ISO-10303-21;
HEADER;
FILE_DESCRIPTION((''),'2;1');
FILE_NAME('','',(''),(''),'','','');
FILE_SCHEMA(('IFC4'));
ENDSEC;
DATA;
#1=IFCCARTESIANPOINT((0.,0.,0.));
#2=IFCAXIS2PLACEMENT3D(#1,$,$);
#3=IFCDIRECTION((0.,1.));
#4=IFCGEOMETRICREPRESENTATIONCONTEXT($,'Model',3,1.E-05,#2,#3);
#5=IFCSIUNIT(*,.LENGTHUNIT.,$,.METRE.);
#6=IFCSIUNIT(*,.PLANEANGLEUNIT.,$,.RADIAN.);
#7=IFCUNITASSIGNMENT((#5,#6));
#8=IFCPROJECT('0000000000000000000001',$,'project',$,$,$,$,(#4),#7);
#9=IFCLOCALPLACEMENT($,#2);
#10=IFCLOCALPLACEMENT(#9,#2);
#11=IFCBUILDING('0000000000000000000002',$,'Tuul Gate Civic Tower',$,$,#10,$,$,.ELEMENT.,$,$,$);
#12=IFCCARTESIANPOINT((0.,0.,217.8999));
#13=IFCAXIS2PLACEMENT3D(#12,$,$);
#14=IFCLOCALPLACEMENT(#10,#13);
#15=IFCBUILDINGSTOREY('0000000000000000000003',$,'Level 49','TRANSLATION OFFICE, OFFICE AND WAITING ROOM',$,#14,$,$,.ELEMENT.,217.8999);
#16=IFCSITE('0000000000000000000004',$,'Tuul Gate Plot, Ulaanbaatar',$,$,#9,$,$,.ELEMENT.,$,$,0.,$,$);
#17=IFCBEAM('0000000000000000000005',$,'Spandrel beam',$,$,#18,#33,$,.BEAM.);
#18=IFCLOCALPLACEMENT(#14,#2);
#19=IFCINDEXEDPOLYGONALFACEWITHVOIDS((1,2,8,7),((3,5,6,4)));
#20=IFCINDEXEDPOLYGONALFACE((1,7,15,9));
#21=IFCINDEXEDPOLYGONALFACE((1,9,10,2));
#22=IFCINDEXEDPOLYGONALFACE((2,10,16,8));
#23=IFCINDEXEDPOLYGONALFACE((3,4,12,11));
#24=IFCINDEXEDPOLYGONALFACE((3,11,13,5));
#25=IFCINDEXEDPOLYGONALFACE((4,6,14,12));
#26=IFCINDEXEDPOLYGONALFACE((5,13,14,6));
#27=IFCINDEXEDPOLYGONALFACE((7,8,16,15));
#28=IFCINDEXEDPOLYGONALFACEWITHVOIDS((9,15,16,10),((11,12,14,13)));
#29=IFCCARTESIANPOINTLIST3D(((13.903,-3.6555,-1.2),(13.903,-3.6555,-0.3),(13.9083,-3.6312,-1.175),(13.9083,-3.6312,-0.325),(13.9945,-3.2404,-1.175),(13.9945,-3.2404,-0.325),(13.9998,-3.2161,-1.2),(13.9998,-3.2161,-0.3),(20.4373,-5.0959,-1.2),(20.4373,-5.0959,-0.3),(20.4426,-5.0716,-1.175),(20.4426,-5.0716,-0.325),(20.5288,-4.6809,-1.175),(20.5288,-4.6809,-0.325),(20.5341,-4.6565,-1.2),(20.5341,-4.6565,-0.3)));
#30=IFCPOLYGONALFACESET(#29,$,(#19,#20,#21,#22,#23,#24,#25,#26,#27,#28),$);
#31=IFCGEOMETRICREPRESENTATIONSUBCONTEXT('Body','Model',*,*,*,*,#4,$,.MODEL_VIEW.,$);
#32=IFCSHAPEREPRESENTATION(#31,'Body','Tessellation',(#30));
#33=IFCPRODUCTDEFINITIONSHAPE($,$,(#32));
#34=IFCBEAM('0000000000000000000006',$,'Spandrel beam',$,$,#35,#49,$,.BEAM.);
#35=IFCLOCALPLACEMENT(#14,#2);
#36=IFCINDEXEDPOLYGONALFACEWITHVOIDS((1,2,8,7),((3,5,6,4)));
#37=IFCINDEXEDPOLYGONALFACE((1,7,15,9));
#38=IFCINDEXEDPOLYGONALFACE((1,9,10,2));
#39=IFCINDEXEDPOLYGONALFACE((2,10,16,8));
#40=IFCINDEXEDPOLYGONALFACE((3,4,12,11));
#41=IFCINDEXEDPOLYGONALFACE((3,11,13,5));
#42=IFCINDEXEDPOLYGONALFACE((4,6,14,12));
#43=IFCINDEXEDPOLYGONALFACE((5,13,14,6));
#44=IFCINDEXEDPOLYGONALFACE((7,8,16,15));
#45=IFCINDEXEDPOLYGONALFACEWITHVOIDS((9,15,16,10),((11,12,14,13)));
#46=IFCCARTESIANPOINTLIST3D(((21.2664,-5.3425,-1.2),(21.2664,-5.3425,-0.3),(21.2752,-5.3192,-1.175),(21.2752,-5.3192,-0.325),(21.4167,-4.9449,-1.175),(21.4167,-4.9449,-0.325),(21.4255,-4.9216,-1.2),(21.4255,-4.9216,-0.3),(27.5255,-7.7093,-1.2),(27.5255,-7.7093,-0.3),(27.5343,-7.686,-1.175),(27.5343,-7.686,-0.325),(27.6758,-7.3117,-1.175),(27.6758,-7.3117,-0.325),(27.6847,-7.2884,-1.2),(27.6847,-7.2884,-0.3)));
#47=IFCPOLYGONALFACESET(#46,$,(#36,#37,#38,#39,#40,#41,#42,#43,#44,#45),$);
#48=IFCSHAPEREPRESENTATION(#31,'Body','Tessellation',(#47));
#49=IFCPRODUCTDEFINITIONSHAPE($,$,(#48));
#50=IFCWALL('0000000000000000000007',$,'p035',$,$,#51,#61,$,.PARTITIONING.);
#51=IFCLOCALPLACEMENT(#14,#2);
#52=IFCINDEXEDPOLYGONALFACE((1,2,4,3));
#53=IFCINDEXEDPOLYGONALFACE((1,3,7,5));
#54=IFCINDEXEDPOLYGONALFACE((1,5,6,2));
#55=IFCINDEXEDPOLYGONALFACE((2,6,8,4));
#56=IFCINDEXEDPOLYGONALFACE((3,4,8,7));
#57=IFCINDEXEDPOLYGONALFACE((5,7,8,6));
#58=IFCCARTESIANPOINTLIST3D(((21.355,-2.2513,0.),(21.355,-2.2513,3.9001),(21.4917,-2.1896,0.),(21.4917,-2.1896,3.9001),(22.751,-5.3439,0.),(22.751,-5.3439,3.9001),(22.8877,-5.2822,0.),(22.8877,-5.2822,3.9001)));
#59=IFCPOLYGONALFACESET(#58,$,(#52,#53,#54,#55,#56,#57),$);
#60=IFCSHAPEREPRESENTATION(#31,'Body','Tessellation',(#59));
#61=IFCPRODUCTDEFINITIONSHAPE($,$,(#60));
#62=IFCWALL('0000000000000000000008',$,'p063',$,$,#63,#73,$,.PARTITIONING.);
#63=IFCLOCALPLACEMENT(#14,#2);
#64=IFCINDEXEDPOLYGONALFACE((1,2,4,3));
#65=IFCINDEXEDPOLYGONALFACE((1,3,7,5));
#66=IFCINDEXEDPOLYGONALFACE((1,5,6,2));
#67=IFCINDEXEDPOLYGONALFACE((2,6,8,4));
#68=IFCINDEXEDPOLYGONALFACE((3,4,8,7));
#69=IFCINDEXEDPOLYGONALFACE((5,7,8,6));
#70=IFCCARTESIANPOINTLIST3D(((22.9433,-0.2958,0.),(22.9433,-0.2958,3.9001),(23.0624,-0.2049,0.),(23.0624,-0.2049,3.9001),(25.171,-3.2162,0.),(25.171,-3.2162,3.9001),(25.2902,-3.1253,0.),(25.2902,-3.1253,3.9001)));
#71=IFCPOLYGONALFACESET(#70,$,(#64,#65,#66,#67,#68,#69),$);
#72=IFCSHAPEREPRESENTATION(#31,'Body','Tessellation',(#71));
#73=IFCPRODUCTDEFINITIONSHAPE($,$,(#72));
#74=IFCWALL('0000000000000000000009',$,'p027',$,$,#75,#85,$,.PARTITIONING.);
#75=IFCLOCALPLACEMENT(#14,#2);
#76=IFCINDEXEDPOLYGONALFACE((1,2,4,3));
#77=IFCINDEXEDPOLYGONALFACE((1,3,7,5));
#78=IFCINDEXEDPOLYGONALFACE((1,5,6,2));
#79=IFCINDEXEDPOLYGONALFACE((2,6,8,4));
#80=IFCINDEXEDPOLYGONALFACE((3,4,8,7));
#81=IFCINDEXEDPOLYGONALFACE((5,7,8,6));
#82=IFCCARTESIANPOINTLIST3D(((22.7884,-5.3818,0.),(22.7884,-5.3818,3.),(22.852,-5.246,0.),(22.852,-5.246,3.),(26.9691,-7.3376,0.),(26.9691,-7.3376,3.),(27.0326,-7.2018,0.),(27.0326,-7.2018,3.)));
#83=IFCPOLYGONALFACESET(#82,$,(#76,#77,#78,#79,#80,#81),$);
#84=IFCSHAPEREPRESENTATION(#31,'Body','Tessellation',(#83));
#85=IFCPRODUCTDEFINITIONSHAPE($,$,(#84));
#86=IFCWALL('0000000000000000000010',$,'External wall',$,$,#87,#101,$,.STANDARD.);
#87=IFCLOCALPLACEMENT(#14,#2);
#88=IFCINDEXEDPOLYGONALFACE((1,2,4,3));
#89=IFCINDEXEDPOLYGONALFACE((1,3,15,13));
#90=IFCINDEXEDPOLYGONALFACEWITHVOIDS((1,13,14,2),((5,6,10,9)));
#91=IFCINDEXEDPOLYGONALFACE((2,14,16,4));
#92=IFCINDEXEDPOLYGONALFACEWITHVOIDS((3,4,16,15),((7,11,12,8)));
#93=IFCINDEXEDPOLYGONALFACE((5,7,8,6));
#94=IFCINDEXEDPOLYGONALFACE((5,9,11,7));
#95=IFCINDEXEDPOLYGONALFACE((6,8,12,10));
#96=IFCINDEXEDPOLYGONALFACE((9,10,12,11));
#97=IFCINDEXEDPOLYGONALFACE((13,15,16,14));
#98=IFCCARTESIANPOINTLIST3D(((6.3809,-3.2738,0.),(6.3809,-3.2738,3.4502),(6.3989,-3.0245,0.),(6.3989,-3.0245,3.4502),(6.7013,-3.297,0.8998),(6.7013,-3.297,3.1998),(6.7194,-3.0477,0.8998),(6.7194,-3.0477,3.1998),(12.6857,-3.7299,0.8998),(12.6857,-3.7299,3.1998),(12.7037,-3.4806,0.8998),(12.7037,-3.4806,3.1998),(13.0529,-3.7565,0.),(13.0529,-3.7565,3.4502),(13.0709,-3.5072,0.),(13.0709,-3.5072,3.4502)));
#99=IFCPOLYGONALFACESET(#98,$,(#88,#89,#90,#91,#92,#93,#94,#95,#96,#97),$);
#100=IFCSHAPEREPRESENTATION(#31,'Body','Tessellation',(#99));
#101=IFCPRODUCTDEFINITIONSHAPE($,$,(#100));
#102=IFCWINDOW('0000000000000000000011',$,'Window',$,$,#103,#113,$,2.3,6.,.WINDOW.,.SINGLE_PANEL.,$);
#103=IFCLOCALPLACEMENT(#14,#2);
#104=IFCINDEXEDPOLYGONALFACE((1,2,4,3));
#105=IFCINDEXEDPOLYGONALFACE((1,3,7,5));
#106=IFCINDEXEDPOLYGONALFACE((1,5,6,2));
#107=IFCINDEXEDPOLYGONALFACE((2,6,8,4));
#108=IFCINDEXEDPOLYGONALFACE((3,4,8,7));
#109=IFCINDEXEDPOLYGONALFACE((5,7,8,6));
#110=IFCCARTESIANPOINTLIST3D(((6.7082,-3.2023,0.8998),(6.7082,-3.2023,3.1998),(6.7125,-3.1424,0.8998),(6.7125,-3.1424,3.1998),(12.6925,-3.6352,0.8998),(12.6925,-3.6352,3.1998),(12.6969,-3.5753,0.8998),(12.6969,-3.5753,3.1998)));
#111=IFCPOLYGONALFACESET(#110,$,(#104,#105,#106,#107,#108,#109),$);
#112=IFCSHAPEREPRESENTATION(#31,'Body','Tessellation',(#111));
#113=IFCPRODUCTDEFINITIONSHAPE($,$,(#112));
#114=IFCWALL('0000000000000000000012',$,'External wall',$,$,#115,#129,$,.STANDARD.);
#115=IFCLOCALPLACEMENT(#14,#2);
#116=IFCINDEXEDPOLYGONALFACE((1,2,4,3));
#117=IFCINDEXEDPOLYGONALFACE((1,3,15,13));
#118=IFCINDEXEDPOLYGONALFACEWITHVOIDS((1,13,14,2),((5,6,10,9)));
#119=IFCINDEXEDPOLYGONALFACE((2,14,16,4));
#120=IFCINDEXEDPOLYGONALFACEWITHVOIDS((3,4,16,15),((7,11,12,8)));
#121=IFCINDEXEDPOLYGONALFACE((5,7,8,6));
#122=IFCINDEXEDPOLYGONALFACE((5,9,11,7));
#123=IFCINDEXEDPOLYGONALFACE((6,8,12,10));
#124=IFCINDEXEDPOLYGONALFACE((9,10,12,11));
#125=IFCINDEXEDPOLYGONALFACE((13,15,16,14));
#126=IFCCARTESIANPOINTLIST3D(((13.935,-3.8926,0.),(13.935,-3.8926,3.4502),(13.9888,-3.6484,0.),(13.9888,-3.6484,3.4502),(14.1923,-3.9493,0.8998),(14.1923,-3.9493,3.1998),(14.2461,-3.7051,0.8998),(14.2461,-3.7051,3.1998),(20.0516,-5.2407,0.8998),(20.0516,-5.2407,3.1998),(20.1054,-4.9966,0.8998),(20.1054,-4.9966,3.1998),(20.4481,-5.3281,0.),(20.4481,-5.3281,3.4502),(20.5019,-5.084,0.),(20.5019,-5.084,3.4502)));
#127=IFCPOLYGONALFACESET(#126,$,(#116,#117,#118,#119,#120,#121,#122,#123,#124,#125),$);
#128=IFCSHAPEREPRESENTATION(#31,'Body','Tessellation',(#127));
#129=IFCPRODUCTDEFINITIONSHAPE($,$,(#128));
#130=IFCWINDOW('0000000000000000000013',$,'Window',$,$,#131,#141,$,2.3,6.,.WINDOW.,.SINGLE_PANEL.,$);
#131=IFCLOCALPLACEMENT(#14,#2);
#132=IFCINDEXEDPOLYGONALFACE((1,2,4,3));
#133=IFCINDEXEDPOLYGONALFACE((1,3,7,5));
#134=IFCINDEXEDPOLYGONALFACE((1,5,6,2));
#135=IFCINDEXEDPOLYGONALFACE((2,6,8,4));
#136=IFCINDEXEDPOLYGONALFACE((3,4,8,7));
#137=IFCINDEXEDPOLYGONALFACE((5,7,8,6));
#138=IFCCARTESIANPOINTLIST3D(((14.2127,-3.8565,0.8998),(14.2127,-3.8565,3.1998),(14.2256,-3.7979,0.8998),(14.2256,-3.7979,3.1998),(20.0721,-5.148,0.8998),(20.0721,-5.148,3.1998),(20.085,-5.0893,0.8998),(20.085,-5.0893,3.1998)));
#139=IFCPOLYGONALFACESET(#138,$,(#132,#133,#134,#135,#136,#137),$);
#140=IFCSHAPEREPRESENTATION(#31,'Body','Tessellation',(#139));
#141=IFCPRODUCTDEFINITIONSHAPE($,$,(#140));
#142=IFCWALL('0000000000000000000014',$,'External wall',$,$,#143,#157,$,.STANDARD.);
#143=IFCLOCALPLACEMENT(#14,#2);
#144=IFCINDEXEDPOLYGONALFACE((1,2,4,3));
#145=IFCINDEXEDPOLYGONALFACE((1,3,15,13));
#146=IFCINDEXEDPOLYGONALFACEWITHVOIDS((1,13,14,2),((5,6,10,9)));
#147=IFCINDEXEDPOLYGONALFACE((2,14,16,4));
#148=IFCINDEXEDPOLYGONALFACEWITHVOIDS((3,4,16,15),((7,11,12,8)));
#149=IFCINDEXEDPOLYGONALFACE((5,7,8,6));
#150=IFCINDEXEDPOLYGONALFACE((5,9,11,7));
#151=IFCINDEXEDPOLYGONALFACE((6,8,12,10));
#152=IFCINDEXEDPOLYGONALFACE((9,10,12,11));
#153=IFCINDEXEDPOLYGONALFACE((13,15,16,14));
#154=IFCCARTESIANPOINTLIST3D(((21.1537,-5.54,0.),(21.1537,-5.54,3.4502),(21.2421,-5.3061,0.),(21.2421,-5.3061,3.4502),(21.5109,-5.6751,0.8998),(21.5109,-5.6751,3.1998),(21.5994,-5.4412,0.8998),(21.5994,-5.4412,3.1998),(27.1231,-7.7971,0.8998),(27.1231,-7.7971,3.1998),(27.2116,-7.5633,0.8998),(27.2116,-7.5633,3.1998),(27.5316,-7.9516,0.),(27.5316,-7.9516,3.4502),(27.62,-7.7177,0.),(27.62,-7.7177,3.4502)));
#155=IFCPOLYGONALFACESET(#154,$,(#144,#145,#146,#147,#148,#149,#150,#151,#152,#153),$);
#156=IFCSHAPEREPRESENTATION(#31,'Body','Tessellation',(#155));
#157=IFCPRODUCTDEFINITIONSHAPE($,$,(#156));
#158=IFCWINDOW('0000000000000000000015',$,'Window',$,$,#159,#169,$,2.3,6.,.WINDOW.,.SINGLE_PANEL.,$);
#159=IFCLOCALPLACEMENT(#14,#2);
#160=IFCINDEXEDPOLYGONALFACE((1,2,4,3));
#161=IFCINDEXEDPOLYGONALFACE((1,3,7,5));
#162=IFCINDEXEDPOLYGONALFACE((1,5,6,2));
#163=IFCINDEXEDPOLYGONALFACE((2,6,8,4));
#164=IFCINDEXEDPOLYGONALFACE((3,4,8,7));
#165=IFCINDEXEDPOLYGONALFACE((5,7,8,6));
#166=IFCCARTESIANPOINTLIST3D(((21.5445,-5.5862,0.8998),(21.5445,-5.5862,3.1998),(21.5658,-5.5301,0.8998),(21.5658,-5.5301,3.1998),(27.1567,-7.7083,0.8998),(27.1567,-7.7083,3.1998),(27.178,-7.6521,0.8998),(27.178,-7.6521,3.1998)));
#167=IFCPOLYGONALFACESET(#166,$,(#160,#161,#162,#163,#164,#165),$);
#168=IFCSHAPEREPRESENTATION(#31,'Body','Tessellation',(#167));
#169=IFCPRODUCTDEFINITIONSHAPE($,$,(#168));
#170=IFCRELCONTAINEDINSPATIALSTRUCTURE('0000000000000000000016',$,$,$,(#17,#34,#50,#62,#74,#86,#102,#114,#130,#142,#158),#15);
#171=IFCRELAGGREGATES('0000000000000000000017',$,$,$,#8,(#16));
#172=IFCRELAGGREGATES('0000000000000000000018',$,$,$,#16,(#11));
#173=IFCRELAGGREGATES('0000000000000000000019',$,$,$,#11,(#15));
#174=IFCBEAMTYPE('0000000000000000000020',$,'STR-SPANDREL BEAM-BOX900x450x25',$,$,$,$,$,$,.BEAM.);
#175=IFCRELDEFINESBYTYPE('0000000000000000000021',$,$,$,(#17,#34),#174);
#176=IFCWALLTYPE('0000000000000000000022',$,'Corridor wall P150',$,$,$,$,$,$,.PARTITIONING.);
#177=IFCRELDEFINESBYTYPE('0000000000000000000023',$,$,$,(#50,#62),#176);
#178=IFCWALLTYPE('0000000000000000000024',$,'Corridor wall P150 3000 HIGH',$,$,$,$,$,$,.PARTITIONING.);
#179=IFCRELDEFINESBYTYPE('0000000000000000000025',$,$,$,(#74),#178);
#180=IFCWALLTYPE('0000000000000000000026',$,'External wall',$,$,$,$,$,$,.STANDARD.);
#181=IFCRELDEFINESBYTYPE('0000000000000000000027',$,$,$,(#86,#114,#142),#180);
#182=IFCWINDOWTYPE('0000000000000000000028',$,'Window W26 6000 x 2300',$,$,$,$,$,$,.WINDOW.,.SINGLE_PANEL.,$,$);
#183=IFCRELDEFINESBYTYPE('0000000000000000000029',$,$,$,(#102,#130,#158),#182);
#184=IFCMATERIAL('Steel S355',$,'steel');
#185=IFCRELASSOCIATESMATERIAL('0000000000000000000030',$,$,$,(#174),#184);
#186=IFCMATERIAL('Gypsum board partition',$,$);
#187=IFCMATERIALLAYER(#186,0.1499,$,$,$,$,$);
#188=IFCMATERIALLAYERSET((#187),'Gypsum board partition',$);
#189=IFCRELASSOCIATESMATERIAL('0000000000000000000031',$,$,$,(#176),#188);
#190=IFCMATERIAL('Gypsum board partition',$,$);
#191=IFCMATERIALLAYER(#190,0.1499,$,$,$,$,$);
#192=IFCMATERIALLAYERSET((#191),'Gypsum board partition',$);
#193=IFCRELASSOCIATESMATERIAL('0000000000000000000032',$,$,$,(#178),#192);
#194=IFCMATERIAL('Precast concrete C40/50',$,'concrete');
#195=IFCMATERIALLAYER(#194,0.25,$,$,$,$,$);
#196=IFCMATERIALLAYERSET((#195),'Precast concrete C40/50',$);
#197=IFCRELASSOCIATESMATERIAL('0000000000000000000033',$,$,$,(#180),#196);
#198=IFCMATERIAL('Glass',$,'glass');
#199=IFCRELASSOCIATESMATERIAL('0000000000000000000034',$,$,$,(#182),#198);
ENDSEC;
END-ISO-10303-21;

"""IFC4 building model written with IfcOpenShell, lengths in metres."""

from ifc_helpers import new_model, si_unit, direction, frame, frame_2d, origin, origin_2d, place, context, subcontext, project, spatial, rectangle, hollow_rectangle, extrude, material, layer, layer_set, material_profile, profile_set, type_object, element, fill, save


model = new_model("IFC4")

# Units and contexts
model_context = context("Model", 3, precision=1e-05, world=origin(), true_north=direction((0.0, 1.0)))
body_context = subcontext(model_context, "Body", "Model", "MODEL_VIEW")
ifc_project = project(units=[si_unit("LENGTHUNIT", "METRE"), si_unit("PLANEANGLEUNIT", "RADIAN")], contexts=[model_context])

# Site, building, storey
site_placement = place(None, origin())
site = spatial("IfcSite", under=ifc_project, at=site_placement, Name="Tuul Gate Plot, Ulaanbaatar", CompositionType="ELEMENT", RefElevation=0.0)
building_placement = place(site_placement, origin())
building = spatial("IfcBuilding", under=site, at=building_placement, Name="Tuul Gate Civic Tower", CompositionType="ELEMENT")
storey_placement = place(building_placement, frame((0.0, 0.0, 217.8999)))
storey = spatial("IfcBuildingStorey", under=building, at=storey_placement, Name="Level 49", Description="TRANSLATION OFFICE, OFFICE AND WAITING ROOM", CompositionType="ELEMENT", Elevation=217.8999)

# Beams
ifc_material_1 = material(Name="Steel S355", Category="steel")
ifc_material_profile_1 = material_profile(ifc_material_1, hollow_rectangle(XDim=0.45, YDim=0.8999, WallThickness=0.0249, at=origin_2d()), Name="BOX900x450x25")
ifc_profile_set_1 = profile_set([ifc_material_profile_1], Name="Steel S355")
beam_type_1 = type_object("IfcBeamType", Name="STR-SPANDREL BEAM-BOX900x450x25", PredefinedType="BEAM", material=ifc_profile_set_1)
beam_1_placement = place(storey_placement, frame((13.9514, -3.4358, -0.75), z_axis=(0.976553, -0.215277, 0.0), x_axis=(0.215277, 0.976553, 0.0)))
element("IfcBeam", 1, at=beam_1_placement, inside=storey, type_object=beam_type_1, Name="Spandrel beam", PredefinedType="BEAM", context=body_context, shape_type="SweptSolid", body=[
    extrude(hollow_rectangle(XDim=0.45, YDim=0.8999, WallThickness=0.0249, at=origin_2d()), origin(), (0.0, 0.0, 1.0), 6.6912),
])
beam_2_placement = place(storey_placement, frame((21.3459, -5.1321, -0.75), z_axis=(0.935365, -0.353685, 0.0), x_axis=(0.353685, 0.935365, 0.0)))
element("IfcBeam", 2, at=beam_2_placement, inside=storey, type_object=beam_type_1, Name="Spandrel beam", PredefinedType="BEAM", context=body_context, shape_type="SweptSolid", body=[
    extrude(hollow_rectangle(XDim=0.45, YDim=0.8999, WallThickness=0.0249, at=origin_2d()), origin(), (0.0, 0.0, 1.0), 6.6917),
])

# Walls
ifc_material_2 = material(Name="Gypsum board partition")
ifc_layer_1 = layer(ifc_material_2, 0.1499)
ifc_layer_set_1 = layer_set([ifc_layer_1], Name="Gypsum board partition")
wall_type_1 = type_object("IfcWallType", Name="Corridor wall P150", PredefinedType="PARTITIONING", material=ifc_layer_set_1)
wall_1_placement = place(storey_placement, frame((21.4233, -2.2205, 0.0), z_axis=(0.0, 0.0, 1.0), x_axis=(0.411432, -0.91144, 0.0)))
element("IfcWall", 3, at=wall_1_placement, inside=storey, type_object=wall_type_1, Name="p035", PredefinedType="PARTITIONING", context=body_context, shape_type="SweptSolid", body=[
    extrude(rectangle(XDim=3.3931, YDim=0.1499, at=frame_2d((1.6965, 0.0))), origin(), (0.0, 0.0, 1.0), 3.9001),
])
wall_2_placement = place(storey_placement, frame((23.0029, -0.2505, 0.0), z_axis=(0.0, 0.0, 1.0), x_axis=(0.60651, -0.795076, 0.0)))
element("IfcWall", 4, at=wall_2_placement, inside=storey, type_object=wall_type_1, Name="p063", PredefinedType="PARTITIONING", context=body_context, shape_type="SweptSolid", body=[
    extrude(rectangle(XDim=3.6731, YDim=0.1499, at=frame_2d((1.8364, 0.0))), origin(), (0.0, 0.0, 1.0), 3.9001),
])
ifc_material_3 = material(Name="Gypsum board partition")
ifc_layer_2 = layer(ifc_material_3, 0.1499)
ifc_layer_set_2 = layer_set([ifc_layer_2], Name="Gypsum board partition")
wall_type_2 = type_object("IfcWallType", Name="Corridor wall P150 3000 HIGH", PredefinedType="PARTITIONING", material=ifc_layer_set_2)
wall_3_placement = place(storey_placement, frame((22.8203, -5.314, 0.0), z_axis=(0.0, 0.0, 1.0), x_axis=(0.905781, -0.423745, 0.0)))
element("IfcWall", 5, at=wall_3_placement, inside=storey, type_object=wall_type_2, Name="p027", PredefinedType="PARTITIONING", context=body_context, shape_type="SweptSolid", body=[
    extrude(rectangle(XDim=4.6155, YDim=0.1499, at=frame_2d((2.3076, 0.0))), origin(), (0.0, 0.0, 1.0), 3.0),
])

# Walls, openings, windows
ifc_material_4 = material(Name="Precast concrete C40/50", Category="concrete")
ifc_layer_3 = layer(ifc_material_4, 0.25)
ifc_layer_set_3 = layer_set([ifc_layer_3], Name="Precast concrete C40/50")
wall_type_3 = type_object("IfcWallType", Name="External wall", PredefinedType="STANDARD", material=ifc_layer_set_3)
wall_4_placement = place(storey_placement, frame((6.3899, -3.1492, 0.0), z_axis=(0.0, 0.0, 1.0), x_axis=(0.997394, -0.072152, 0.0)))
wall_4 = element("IfcWall", 6, at=wall_4_placement, inside=storey, type_object=wall_type_3, Name="External wall", PredefinedType="STANDARD", context=body_context, shape_type="SweptSolid", body=[
    extrude(rectangle(XDim=6.6895, YDim=0.25, at=frame_2d((3.3447, 0.0))), origin(), (0.0, 0.0, 1.0), 3.4502),
])
opening_1_placement = place(wall_4_placement, frame((0.3213, 0.0, 0.8999)))
opening_1 = element("IfcOpeningElement", 7, at=opening_1_placement, cuts=wall_4, PredefinedType="OPENING", context=body_context, shape_type="SweptSolid", body=[
    extrude(rectangle(XDim=6.0, YDim=2.3, at=frame_2d((3.0, 1.1499))), frame((0.0, 0.135, 0.0), z_axis=(0.0, -1.0, 0.0), x_axis=(1.0, 0.0, 0.0)), (0.0, 0.0, 1.0), 0.27),
])
ifc_material_5 = material(Name="Glass", Category="glass")
window_type = type_object("IfcWindowType", Name="Window W26 6000 x 2300", PartitioningType="SINGLE_PANEL", PredefinedType="WINDOW", material=ifc_material_5)
window_1_placement = place(opening_1_placement, origin())
window_1 = element("IfcWindow", 8, at=window_1_placement, inside=storey, type_object=window_type, Name="Window", OverallHeight=2.3, OverallWidth=6.0, PartitioningType="SINGLE_PANEL", PredefinedType="WINDOW", context=body_context, shape_type="SweptSolid", body=[
    extrude(rectangle(XDim=6.0, YDim=2.3, at=frame_2d((3.0, 1.1499))), frame((0.0, 0.03, 0.0), z_axis=(0.0, -1.0, 0.0), x_axis=(1.0, 0.0, 0.0)), (0.0, 0.0, 1.0), 0.0601),
])
fill(opening_1, window_1)
wall_5_placement = place(storey_placement, frame((13.9619, -3.7705, 0.0), z_axis=(0.0, 0.0, 1.0), x_axis=(0.976561, -0.21524, 0.0)))
wall_5 = element("IfcWall", 9, at=wall_5_placement, inside=storey, type_object=wall_type_3, Name="External wall", PredefinedType="STANDARD", context=body_context, shape_type="SweptSolid", body=[
    extrude(rectangle(XDim=6.6694, YDim=0.25, at=frame_2d((3.3347, 0.0))), origin(), (0.0, 0.0, 1.0), 3.4502),
])
opening_2_placement = place(wall_5_placement, frame((0.2634, 0.0, 0.8999)))
opening_2 = element("IfcOpeningElement", 10, at=opening_2_placement, cuts=wall_5, PredefinedType="OPENING", context=body_context, shape_type="SweptSolid", body=[
    extrude(rectangle(XDim=6.0, YDim=2.3, at=frame_2d((3.0, 1.1499))), frame((0.0, 0.135, 0.0), z_axis=(0.0, -1.0, 0.0), x_axis=(1.0, 0.0, 0.0)), (0.0, 0.0, 1.0), 0.27),
])
window_2_placement = place(opening_2_placement, origin())
window_2 = element("IfcWindow", 11, at=window_2_placement, inside=storey, type_object=window_type, Name="Window", OverallHeight=2.3, OverallWidth=6.0, PartitioningType="SINGLE_PANEL", PredefinedType="WINDOW", context=body_context, shape_type="SweptSolid", body=[
    extrude(rectangle(XDim=6.0, YDim=2.3, at=frame_2d((3.0, 1.1499))), frame((0.0, 0.03, 0.0), z_axis=(0.0, -1.0, 0.0), x_axis=(1.0, 0.0, 0.0)), (0.0, 0.0, 1.0), 0.0601),
])
fill(opening_2, window_2)
wall_6_placement = place(storey_placement, frame((21.198, -5.4231, 0.0), z_axis=(0.0, 0.0, 1.0), x_axis=(0.935366, -0.35368, 0.0)))
wall_6 = element("IfcWall", 12, at=wall_6_placement, inside=storey, type_object=wall_type_3, Name="External wall", PredefinedType="STANDARD", context=body_context, shape_type="SweptSolid", body=[
    extrude(rectangle(XDim=6.8186, YDim=0.25, at=frame_2d((3.4092, 0.0))), origin(), (0.0, 0.0, 1.0), 3.4502),
])
opening_3_placement = place(wall_6_placement, frame((0.3818, 0.0, 0.8999)))
opening_3 = element("IfcOpeningElement", 13, at=opening_3_placement, cuts=wall_6, PredefinedType="OPENING", context=body_context, shape_type="SweptSolid", body=[
    extrude(rectangle(XDim=6.0, YDim=2.3, at=frame_2d((3.0, 1.1499))), frame((0.0, 0.135, 0.0), z_axis=(0.0, -1.0, 0.0), x_axis=(1.0, 0.0, 0.0)), (0.0, 0.0, 1.0), 0.27),
])
window_3_placement = place(opening_3_placement, origin())
window_3 = element("IfcWindow", 14, at=window_3_placement, inside=storey, type_object=window_type, Name="Window", OverallHeight=2.3, OverallWidth=6.0, PartitioningType="SINGLE_PANEL", PredefinedType="WINDOW", context=body_context, shape_type="SweptSolid", body=[
    extrude(rectangle(XDim=6.0, YDim=2.3, at=frame_2d((3.0, 1.1499))), frame((0.0, 0.03, 0.0), z_axis=(0.0, -1.0, 0.0), x_axis=(1.0, 0.0, 0.0)), (0.0, 0.0, 1.0), 0.0601),
])
fill(opening_3, window_3)

save(model, "model.ifc")
